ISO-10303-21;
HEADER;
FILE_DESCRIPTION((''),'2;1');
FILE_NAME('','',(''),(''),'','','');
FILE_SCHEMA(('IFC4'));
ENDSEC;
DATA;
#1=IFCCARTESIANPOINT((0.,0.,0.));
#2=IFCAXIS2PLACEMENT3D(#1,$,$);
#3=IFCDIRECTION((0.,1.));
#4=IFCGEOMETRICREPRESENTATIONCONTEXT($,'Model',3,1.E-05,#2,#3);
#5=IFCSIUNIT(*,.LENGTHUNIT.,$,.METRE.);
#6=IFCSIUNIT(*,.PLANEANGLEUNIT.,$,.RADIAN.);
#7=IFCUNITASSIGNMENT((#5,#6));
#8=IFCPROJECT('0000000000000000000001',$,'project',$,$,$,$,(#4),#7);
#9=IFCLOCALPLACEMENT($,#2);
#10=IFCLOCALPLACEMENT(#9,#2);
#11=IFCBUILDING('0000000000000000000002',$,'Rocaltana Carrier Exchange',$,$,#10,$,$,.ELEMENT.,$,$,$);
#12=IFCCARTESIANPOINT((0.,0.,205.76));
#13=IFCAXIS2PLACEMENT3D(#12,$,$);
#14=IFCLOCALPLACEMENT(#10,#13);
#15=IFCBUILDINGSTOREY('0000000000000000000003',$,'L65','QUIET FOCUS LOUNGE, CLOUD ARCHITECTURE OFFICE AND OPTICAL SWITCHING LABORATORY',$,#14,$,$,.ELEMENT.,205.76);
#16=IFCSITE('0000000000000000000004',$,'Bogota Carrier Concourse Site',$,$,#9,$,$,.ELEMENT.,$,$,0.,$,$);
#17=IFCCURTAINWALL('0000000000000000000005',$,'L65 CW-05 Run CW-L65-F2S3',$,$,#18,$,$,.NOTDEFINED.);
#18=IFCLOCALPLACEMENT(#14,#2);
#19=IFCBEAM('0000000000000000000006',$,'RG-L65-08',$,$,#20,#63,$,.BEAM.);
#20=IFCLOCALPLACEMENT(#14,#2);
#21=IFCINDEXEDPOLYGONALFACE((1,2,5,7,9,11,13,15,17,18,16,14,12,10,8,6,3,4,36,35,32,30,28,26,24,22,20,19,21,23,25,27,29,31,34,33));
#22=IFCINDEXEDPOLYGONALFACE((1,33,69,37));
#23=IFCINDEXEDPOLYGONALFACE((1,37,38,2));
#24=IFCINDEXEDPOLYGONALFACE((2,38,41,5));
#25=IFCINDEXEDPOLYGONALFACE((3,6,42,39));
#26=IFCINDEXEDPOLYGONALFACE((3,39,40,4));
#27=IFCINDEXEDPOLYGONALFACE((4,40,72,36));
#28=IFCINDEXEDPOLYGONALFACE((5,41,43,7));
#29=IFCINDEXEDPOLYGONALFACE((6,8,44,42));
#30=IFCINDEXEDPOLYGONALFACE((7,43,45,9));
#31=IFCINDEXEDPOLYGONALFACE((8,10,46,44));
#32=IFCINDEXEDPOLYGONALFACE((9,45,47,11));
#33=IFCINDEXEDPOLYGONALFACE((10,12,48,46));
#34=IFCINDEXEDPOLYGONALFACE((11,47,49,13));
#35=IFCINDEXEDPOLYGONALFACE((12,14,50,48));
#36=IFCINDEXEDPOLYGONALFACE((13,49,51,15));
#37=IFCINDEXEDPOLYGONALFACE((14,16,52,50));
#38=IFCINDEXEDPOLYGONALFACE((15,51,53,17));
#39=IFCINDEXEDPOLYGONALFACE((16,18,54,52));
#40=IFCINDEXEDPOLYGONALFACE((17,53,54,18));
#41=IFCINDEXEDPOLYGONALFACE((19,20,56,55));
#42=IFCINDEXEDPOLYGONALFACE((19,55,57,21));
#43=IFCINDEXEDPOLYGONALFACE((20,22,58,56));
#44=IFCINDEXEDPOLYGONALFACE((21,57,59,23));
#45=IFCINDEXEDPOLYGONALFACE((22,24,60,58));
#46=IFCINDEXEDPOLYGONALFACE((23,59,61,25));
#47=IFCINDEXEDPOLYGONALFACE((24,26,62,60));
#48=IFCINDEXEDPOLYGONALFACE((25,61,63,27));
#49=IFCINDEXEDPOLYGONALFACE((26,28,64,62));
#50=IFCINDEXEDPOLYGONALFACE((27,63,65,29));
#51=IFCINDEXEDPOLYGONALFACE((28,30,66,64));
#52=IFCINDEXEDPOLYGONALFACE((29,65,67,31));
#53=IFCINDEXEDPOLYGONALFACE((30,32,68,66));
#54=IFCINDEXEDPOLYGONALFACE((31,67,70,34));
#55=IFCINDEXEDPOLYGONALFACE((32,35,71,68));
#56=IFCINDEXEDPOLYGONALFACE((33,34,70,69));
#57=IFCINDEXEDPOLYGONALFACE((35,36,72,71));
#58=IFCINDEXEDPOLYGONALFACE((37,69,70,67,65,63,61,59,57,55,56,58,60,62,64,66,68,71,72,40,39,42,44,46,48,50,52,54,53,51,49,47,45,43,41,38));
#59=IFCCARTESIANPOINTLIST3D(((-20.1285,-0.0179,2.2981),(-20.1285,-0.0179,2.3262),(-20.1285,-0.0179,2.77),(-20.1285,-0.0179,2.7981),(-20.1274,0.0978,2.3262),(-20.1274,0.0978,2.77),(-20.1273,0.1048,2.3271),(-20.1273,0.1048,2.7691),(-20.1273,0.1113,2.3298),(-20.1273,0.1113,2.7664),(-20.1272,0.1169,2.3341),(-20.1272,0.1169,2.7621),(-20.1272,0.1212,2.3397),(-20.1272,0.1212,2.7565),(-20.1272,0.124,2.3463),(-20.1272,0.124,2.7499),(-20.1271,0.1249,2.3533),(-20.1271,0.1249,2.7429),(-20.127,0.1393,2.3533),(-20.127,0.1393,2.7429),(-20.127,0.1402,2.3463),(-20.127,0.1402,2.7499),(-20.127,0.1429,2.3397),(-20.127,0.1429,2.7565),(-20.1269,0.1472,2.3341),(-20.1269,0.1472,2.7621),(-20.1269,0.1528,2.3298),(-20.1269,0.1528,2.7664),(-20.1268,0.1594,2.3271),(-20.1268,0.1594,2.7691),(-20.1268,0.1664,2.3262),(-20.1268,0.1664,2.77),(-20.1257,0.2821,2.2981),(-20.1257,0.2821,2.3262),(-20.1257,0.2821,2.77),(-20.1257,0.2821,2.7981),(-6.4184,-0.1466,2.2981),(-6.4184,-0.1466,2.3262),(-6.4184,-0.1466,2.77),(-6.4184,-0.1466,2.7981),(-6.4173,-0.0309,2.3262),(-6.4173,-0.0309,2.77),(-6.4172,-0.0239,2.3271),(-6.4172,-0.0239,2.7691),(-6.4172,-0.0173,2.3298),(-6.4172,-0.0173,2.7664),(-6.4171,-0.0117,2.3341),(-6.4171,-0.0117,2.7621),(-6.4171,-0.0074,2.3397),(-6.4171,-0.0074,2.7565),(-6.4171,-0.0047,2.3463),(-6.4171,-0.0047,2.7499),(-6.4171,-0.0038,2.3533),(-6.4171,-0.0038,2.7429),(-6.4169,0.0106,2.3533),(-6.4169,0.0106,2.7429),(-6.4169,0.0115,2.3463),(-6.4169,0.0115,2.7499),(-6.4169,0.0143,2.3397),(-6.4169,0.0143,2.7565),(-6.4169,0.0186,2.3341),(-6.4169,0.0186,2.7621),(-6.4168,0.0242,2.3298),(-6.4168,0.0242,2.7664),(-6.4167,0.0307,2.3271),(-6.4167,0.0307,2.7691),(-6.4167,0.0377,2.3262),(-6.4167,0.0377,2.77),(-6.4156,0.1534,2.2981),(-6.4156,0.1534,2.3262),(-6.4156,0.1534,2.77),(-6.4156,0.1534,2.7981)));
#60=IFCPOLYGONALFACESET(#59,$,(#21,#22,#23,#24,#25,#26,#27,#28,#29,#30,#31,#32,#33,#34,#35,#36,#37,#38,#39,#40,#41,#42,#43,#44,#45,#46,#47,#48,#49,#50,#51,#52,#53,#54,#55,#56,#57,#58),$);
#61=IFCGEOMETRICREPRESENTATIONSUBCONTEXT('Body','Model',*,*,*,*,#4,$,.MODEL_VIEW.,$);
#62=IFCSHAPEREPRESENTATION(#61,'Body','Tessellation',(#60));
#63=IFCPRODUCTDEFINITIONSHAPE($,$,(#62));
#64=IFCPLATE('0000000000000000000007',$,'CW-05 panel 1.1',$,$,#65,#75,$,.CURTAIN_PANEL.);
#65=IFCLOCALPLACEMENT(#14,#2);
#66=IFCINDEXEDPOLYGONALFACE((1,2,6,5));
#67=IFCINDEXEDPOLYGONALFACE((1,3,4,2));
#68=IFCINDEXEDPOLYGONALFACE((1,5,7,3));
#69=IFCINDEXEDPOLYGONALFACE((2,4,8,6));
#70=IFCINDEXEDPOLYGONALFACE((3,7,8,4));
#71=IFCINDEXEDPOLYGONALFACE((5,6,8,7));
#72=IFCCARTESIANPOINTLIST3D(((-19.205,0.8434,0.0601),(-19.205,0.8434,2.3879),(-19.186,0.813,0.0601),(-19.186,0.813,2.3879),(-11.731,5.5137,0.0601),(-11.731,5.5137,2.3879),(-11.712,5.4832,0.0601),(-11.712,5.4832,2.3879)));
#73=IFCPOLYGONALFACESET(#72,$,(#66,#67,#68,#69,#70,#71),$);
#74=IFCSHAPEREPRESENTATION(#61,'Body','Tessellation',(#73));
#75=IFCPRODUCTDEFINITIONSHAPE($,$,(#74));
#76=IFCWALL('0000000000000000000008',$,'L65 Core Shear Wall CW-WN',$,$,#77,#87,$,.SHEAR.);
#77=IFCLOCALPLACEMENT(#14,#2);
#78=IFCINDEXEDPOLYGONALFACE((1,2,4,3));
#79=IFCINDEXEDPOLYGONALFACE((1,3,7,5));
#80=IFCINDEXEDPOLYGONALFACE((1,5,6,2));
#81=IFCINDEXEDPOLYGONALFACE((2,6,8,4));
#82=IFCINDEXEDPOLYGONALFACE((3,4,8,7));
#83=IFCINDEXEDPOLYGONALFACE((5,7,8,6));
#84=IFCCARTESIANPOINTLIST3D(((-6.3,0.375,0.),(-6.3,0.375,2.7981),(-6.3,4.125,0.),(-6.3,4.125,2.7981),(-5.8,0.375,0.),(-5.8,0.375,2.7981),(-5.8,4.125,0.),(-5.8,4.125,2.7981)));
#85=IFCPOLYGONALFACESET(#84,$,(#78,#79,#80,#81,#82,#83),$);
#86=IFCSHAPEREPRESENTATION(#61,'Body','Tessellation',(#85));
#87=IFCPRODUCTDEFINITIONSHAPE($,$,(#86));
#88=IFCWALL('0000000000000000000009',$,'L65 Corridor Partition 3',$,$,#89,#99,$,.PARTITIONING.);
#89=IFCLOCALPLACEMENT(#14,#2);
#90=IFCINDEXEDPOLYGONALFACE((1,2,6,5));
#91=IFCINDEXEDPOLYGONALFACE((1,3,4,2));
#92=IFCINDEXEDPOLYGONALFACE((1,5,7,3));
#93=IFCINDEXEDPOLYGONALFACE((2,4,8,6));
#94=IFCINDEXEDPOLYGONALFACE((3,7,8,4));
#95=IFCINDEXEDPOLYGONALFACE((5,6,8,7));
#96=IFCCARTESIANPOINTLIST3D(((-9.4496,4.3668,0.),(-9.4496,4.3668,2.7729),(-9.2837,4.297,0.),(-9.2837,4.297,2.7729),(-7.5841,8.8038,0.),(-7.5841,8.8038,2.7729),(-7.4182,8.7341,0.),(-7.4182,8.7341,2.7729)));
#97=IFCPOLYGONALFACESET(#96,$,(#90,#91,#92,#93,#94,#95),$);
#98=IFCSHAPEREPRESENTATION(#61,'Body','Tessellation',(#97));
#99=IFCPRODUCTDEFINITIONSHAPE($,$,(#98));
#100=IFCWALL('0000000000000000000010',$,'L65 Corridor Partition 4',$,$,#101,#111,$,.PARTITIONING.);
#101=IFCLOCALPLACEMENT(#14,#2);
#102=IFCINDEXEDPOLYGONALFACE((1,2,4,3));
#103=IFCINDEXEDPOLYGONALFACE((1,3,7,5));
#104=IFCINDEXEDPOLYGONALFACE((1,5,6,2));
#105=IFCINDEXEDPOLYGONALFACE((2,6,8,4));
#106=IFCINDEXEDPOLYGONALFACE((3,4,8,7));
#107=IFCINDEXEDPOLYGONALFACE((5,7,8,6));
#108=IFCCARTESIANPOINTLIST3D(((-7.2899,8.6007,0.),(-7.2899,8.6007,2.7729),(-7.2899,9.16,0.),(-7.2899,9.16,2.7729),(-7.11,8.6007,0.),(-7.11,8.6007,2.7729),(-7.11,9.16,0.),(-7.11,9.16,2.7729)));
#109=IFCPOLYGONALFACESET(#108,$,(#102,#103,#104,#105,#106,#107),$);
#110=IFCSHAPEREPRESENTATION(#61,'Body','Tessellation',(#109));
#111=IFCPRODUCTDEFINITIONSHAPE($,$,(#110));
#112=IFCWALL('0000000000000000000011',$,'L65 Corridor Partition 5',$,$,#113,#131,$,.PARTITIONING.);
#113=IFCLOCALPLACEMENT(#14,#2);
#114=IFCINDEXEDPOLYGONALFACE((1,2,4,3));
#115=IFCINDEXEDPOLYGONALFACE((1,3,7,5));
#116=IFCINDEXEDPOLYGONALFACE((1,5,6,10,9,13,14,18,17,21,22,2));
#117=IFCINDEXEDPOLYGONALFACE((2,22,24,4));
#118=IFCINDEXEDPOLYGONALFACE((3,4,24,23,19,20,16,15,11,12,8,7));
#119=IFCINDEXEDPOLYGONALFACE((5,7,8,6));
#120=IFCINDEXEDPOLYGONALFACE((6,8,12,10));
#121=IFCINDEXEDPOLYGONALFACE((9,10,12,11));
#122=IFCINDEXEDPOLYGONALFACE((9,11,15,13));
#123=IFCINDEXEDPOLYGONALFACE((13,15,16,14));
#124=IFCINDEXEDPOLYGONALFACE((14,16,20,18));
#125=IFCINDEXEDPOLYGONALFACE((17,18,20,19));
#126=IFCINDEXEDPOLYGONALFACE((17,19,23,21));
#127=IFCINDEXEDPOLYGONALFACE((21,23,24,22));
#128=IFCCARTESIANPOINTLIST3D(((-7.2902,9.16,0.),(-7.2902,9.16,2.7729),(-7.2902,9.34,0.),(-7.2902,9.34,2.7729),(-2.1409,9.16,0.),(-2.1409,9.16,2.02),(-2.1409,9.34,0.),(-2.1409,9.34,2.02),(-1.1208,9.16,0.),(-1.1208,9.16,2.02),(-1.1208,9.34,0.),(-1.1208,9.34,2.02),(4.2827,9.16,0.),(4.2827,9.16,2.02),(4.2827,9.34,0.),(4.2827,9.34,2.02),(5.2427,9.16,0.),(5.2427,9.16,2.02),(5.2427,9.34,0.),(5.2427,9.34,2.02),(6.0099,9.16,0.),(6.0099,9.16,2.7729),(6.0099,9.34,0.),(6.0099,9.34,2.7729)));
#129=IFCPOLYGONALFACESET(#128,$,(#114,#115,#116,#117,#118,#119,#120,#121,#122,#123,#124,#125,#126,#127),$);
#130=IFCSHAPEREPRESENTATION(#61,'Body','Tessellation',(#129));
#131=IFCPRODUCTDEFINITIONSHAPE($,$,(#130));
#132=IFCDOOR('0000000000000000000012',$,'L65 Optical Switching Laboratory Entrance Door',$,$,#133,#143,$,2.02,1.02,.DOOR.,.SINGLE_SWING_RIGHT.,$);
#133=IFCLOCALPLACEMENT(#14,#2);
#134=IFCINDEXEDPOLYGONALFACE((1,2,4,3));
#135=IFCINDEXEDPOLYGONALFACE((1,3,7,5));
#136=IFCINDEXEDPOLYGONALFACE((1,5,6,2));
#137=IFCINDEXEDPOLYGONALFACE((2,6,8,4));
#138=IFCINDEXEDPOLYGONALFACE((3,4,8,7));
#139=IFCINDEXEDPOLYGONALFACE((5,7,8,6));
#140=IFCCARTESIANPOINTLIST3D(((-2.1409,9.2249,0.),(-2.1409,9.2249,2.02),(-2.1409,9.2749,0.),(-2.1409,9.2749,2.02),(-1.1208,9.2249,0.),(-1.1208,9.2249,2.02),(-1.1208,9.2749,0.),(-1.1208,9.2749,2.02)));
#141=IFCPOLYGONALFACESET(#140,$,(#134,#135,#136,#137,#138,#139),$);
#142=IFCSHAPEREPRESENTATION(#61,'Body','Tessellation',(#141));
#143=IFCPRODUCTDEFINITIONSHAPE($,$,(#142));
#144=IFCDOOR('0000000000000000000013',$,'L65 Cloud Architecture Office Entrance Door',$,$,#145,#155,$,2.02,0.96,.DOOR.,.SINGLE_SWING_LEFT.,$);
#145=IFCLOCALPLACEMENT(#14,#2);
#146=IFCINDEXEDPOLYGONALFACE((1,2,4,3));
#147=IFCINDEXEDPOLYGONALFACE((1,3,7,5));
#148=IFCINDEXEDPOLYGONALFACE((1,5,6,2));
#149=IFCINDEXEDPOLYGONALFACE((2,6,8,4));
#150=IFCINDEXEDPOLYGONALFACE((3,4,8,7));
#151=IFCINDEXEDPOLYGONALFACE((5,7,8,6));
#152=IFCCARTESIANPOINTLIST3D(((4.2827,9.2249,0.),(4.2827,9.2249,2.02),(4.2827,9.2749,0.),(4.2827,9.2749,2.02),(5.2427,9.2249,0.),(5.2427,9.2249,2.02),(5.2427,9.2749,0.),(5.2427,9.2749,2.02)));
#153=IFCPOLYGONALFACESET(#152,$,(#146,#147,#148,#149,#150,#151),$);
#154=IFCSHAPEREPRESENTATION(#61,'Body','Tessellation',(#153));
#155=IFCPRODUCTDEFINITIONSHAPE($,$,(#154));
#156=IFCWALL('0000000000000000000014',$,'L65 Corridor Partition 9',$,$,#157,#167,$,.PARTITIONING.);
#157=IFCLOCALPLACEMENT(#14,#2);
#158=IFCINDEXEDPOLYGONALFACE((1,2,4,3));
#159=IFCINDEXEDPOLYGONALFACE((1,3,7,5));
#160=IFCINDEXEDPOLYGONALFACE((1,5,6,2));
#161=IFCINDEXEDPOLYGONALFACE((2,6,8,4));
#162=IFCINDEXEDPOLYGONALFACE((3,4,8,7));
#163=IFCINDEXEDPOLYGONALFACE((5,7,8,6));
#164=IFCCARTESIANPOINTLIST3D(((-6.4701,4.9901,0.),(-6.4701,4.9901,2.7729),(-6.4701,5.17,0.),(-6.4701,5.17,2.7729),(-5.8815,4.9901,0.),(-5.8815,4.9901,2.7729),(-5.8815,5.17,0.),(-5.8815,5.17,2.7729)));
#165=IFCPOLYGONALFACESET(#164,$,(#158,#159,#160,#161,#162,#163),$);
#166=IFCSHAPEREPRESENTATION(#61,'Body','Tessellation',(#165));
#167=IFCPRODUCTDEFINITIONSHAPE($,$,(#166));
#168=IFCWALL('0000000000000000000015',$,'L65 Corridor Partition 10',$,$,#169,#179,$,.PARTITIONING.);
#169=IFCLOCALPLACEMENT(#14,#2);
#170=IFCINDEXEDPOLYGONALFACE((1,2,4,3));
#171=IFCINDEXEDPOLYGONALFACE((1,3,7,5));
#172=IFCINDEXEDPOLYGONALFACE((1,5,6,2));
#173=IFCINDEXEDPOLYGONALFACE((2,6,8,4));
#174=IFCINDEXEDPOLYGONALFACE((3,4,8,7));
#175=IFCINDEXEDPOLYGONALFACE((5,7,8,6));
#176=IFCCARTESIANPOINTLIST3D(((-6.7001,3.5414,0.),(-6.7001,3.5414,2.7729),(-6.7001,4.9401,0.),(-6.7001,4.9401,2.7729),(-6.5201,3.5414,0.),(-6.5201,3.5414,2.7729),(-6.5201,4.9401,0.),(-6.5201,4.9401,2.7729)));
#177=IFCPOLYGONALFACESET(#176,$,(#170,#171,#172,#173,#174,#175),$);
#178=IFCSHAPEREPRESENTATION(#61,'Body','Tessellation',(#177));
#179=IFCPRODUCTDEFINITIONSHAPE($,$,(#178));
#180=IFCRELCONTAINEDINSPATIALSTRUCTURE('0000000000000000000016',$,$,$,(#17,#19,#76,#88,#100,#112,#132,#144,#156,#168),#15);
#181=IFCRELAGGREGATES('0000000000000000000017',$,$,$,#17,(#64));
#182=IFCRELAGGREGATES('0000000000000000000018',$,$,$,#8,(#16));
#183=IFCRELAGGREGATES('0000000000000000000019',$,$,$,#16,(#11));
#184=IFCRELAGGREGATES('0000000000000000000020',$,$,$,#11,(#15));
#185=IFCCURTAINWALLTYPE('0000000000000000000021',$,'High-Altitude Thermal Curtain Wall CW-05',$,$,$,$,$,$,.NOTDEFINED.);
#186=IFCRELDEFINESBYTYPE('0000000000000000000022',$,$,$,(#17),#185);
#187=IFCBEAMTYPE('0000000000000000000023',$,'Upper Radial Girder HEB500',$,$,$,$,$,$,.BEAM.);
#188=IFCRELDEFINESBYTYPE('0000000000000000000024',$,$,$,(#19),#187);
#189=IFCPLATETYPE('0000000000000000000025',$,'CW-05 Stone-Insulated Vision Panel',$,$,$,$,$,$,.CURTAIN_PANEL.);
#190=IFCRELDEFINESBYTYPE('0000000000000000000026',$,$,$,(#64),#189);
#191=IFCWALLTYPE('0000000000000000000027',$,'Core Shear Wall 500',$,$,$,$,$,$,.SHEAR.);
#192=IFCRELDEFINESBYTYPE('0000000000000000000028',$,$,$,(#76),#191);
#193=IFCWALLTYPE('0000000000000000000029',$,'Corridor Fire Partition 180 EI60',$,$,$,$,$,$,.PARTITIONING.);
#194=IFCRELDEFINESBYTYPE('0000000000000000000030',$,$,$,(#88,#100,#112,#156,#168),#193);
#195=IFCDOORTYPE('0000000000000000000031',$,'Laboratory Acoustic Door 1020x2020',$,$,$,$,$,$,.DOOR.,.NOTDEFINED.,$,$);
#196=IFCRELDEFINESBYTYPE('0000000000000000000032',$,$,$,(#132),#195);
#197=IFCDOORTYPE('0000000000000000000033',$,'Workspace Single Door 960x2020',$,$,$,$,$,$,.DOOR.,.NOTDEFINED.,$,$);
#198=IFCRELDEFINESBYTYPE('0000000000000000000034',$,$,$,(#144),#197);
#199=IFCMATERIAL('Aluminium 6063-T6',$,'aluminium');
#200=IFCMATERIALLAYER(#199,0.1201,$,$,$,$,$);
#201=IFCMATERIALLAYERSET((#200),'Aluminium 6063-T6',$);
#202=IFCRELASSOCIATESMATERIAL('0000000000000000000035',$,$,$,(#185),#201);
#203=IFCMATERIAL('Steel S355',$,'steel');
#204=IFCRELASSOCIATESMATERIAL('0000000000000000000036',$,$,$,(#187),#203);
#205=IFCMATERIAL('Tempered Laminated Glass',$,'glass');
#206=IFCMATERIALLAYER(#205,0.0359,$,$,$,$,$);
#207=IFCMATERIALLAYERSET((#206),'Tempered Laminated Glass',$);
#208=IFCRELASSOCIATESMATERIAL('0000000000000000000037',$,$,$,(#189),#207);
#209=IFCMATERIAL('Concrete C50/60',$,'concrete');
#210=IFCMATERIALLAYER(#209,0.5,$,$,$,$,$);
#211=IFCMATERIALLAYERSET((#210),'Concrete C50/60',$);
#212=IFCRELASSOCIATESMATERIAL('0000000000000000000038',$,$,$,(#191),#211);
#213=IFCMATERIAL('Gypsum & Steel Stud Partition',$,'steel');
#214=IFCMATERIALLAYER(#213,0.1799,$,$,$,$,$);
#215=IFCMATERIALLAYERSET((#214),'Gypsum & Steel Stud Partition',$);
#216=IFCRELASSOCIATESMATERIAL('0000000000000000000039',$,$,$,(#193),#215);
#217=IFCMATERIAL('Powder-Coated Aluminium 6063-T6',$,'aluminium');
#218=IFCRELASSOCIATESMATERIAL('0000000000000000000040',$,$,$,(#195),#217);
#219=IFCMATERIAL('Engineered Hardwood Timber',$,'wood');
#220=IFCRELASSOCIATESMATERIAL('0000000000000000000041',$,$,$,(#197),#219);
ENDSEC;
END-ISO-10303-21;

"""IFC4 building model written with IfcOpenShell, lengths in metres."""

from ifc_helpers import new_model, si_unit, direction, frame, frame_2d, origin, origin_2d, place, context, subcontext, project, spatial, rectangle, i_section, extrude, material, layer, layer_set, material_profile, profile_set, type_object, element, fill, aggregate, save


model = new_model("IFC4")

# Units and contexts
model_context = context("Model", 3, precision=1e-05, world=origin(), true_north=direction((0.0, 1.0)))
body_context = subcontext(model_context, "Body", "Model", "MODEL_VIEW")
ifc_project = project(units=[si_unit("LENGTHUNIT", "METRE"), si_unit("PLANEANGLEUNIT", "RADIAN")], contexts=[model_context])

# Site, building, storey
site_placement = place(None, origin())
site = spatial("IfcSite", under=ifc_project, at=site_placement, Name="Bogota Carrier Concourse Site", CompositionType="ELEMENT", RefElevation=0.0)
building_placement = place(site_placement, origin())
building = spatial("IfcBuilding", under=site, at=building_placement, Name="Rocaltana Carrier Exchange", CompositionType="ELEMENT")
storey_placement = place(building_placement, frame((0.0, 0.0, 205.76)))
storey = spatial("IfcBuildingStorey", under=building, at=storey_placement, Name="L65", Description="QUIET FOCUS LOUNGE, CLOUD ARCHITECTURE OFFICE AND OPTICAL SWITCHING LABORATORY", CompositionType="ELEMENT", Elevation=205.76)

# Shared definitions
ifc_material_1 = material(Name="Aluminium 6063-T6", Category="aluminium")
ifc_layer_1 = layer(ifc_material_1, 0.1201)
ifc_layer_set_1 = layer_set([ifc_layer_1], Name="Aluminium 6063-T6")
curtain_wall_type = type_object("IfcCurtainWallType", Name="High-Altitude Thermal Curtain Wall CW-05", PredefinedType="NOTDEFINED", material=ifc_layer_set_1)

# Curtain wall
curtain_wall_1_placement = place(storey_placement, origin())
curtain_wall_1 = element("IfcCurtainWall", 1, at=curtain_wall_1_placement, inside=storey, type_object=curtain_wall_type, Name="L65 CW-05 Run CW-L65-F2S3", PredefinedType="NOTDEFINED")

# Beam
ifc_material_2 = material(Name="Steel S355", Category="steel")
ifc_material_profile_1 = material_profile(ifc_material_2, i_section(OverallWidth=0.3, OverallDepth=0.5, WebThickness=0.0144, FlangeThickness=0.0281, FilletRadius=0.0271, at=origin_2d()), Name="HEB500")
ifc_profile_set_1 = profile_set([ifc_material_profile_1], Name="Steel S355")
beam_type_1 = type_object("IfcBeamType", Name="Upper Radial Girder HEB500", PredefinedType="BEAM", material=ifc_profile_set_1)
beam_1_placement = place(storey_placement, frame((-6.417, 0.0034, 2.5481), z_axis=(-0.999956, 0.009384, 0.0), x_axis=(-0.009384, -0.999956, 0.0)))
element("IfcBeam", 2, at=beam_1_placement, inside=storey, type_object=beam_type_1, Name="RG-L65-08", PredefinedType="BEAM", context=body_context, shape_type="SweptSolid", body=[
    extrude(i_section(OverallWidth=0.3, OverallDepth=0.5, WebThickness=0.0144, FlangeThickness=0.0281, FilletRadius=0.0271, at=origin_2d()), origin(), (0.0, 0.0, 1.0), 13.7107),
])

# Plate
ifc_material_3 = material(Name="Tempered Laminated Glass", Category="glass")
ifc_layer_2 = layer(ifc_material_3, 0.0359)
ifc_layer_set_2 = layer_set([ifc_layer_2], Name="Tempered Laminated Glass")
plate_type = type_object("IfcPlateType", Name="CW-05 Stone-Insulated Vision Panel", PredefinedType="CURTAIN_PANEL", material=ifc_layer_set_2)
plate_placement = place(storey_placement, frame((-15.4585, 3.1633, 0.0601), z_axis=(0.0, 0.0, 1.0), x_axis=(-0.84805, -0.529915, 0.0)))
plate = element("IfcPlate", 3, at=plate_placement, type_object=plate_type, Name="CW-05 panel 1.1", PredefinedType="CURTAIN_PANEL", context=body_context, shape_type="SweptSolid", body=[
    extrude(rectangle(XDim=8.8132, YDim=0.0359, at=origin_2d()), origin(), (0.0, 0.0, 1.0), 2.3279),
])
aggregate(curtain_wall_1, [plate])

# Walls
ifc_material_4 = material(Name="Concrete C50/60", Category="concrete")
ifc_layer_3 = layer(ifc_material_4, 0.5)
ifc_layer_set_3 = layer_set([ifc_layer_3], Name="Concrete C50/60")
wall_type_1 = type_object("IfcWallType", Name="Core Shear Wall 500", PredefinedType="SHEAR", material=ifc_layer_set_3)
wall_1_placement = place(storey_placement, frame((-6.05, 0.375, 0.0), z_axis=(0.0, 0.0, 1.0), x_axis=(0.0, 1.0, 0.0)))
element("IfcWall", 4, at=wall_1_placement, inside=storey, type_object=wall_type_1, Name="L65 Core Shear Wall CW-WN", PredefinedType="SHEAR", context=body_context, shape_type="SweptSolid", body=[
    extrude(rectangle(XDim=3.75, YDim=0.5, at=frame_2d((1.875, 0.0))), origin(), (0.0, 0.0, 1.0), 2.7981),
])
ifc_material_5 = material(Name="Gypsum & Steel Stud Partition", Category="steel")
ifc_layer_4 = layer(ifc_material_5, 0.1799)
ifc_layer_set_4 = layer_set([ifc_layer_4], Name="Gypsum & Steel Stud Partition")
wall_type_2 = type_object("IfcWallType", Name="Corridor Fire Partition 180 EI60", PredefinedType="PARTITIONING", material=ifc_layer_set_4)
wall_2_placement = place(storey_placement, frame((-9.3667, 4.3318, 0.0), z_axis=(0.0, 0.0, 1.0), x_axis=(0.387574, 0.921839, 0.0)))
element("IfcWall", 5, at=wall_2_placement, inside=storey, type_object=wall_type_2, Name="L65 Corridor Partition 3", PredefinedType="PARTITIONING", context=body_context, shape_type="SweptSolid", body=[
    extrude(rectangle(XDim=4.8132, YDim=0.1799, at=frame_2d((2.4067, 0.0))), origin(), (0.0, 0.0, 1.0), 2.7729),
])
wall_3_placement = place(storey_placement, frame((-7.2, 8.6006, 0.0), z_axis=(0.0, 0.0, 1.0), x_axis=(0.0, 1.0, 0.0)))
element("IfcWall", 6, at=wall_3_placement, inside=storey, type_object=wall_type_2, Name="L65 Corridor Partition 4", PredefinedType="PARTITIONING", context=body_context, shape_type="SweptSolid", body=[
    extrude(rectangle(XDim=0.5593, YDim=0.1799, at=frame_2d((0.2798, 0.0))), origin(), (0.0, 0.0, 1.0), 2.7729),
])

# Wall, openings, doors
wall_4_placement = place(storey_placement, frame((-7.29, 9.25, 0.0), z_axis=(0.0, 0.0, 1.0), x_axis=(1.0, 0.0, 0.0)))
wall_4 = element("IfcWall", 7, at=wall_4_placement, inside=storey, type_object=wall_type_2, Name="L65 Corridor Partition 5", PredefinedType="PARTITIONING", context=body_context, shape_type="SweptSolid", body=[
    extrude(rectangle(XDim=13.3, YDim=0.1799, at=frame_2d((6.6499, 0.0))), origin(), (0.0, 0.0, 1.0), 2.7729),
])
opening_1_placement = place(wall_4_placement, frame((11.5728, 0.0, 0.0)))
opening_1 = element("IfcOpeningElement", 8, at=opening_1_placement, cuts=wall_4, PredefinedType="OPENING", context=body_context, shape_type="SweptSolid", body=[
    extrude(rectangle(XDim=0.96, YDim=2.02, at=frame_2d((0.48, 1.01))), frame((0.0, 0.0999, 0.0), z_axis=(0.0, -1.0, 0.0), x_axis=(1.0, 0.0, 0.0)), (0.0, 0.0, 1.0), 0.2),
])
opening_2_placement = place(wall_4_placement, frame((5.1492, 0.0, 0.0)))
opening_2 = element("IfcOpeningElement", 9, at=opening_2_placement, cuts=wall_4, PredefinedType="OPENING", context=body_context, shape_type="SweptSolid", body=[
    extrude(rectangle(XDim=1.02, YDim=2.02, at=frame_2d((0.51, 1.01))), frame((0.0, 0.0999, 0.0), z_axis=(0.0, -1.0, 0.0), x_axis=(1.0, 0.0, 0.0)), (0.0, 0.0, 1.0), 0.2),
])
ifc_material_6 = material(Name="Powder-Coated Aluminium 6063-T6", Category="aluminium")
door_type_1 = type_object("IfcDoorType", Name="Laboratory Acoustic Door 1020x2020", OperationType="NOTDEFINED", PredefinedType="DOOR", material=ifc_material_6)
door_1_placement = place(opening_2_placement, origin())
door_1 = element("IfcDoor", 10, at=door_1_placement, inside=storey, type_object=door_type_1, Name="L65 Optical Switching Laboratory Entrance Door", OperationType="SINGLE_SWING_RIGHT", OverallHeight=2.02, OverallWidth=1.02, PredefinedType="DOOR", context=body_context, shape_type="SweptSolid", body=[
    extrude(rectangle(XDim=1.02, YDim=2.02, at=frame_2d((0.51, 1.01))), frame((0.0, 0.0249, 0.0), z_axis=(0.0, -1.0, 0.0), x_axis=(1.0, 0.0, 0.0)), (0.0, 0.0, 1.0), 0.05),
])
fill(opening_2, door_1)
ifc_material_7 = material(Name="Engineered Hardwood Timber", Category="wood")
door_type_2 = type_object("IfcDoorType", Name="Workspace Single Door 960x2020", OperationType="NOTDEFINED", PredefinedType="DOOR", material=ifc_material_7)
door_2_placement = place(opening_1_placement, origin())
door_2 = element("IfcDoor", 11, at=door_2_placement, inside=storey, type_object=door_type_2, Name="L65 Cloud Architecture Office Entrance Door", OperationType="SINGLE_SWING_LEFT", OverallHeight=2.02, OverallWidth=0.96, PredefinedType="DOOR", context=body_context, shape_type="SweptSolid", body=[
    extrude(rectangle(XDim=0.96, YDim=2.02, at=frame_2d((0.48, 1.01))), frame((0.0, 0.0249, 0.0), z_axis=(0.0, -1.0, 0.0), x_axis=(1.0, 0.0, 0.0)), (0.0, 0.0, 1.0), 0.05),
])
fill(opening_1, door_2)

# Walls
wall_5_placement = place(storey_placement, frame((-5.8813, 5.0801, 0.0), z_axis=(0.0, 0.0, 1.0), x_axis=(-1.0, 0.0, 0.0)))
element("IfcWall", 12, at=wall_5_placement, inside=storey, type_object=wall_type_2, Name="L65 Corridor Partition 9", PredefinedType="PARTITIONING", context=body_context, shape_type="SweptSolid", body=[
    extrude(rectangle(XDim=0.5886, YDim=0.1799, at=frame_2d((0.2944, 0.0))), origin(), (0.0, 0.0, 1.0), 2.7729),
])
wall_6_placement = place(storey_placement, frame((-6.6101, 4.9399, 0.0), z_axis=(0.0, 0.0, 1.0), x_axis=(0.0, -1.0, 0.0)))
element("IfcWall", 13, at=wall_6_placement, inside=storey, type_object=wall_type_2, Name="L65 Corridor Partition 10", PredefinedType="PARTITIONING", context=body_context, shape_type="SweptSolid", body=[
    extrude(rectangle(XDim=1.3987, YDim=0.1799, at=frame_2d((0.6992, 0.0))), origin(), (0.0, 0.0, 1.0), 2.7729),
])

save(model, "model.ifc")
